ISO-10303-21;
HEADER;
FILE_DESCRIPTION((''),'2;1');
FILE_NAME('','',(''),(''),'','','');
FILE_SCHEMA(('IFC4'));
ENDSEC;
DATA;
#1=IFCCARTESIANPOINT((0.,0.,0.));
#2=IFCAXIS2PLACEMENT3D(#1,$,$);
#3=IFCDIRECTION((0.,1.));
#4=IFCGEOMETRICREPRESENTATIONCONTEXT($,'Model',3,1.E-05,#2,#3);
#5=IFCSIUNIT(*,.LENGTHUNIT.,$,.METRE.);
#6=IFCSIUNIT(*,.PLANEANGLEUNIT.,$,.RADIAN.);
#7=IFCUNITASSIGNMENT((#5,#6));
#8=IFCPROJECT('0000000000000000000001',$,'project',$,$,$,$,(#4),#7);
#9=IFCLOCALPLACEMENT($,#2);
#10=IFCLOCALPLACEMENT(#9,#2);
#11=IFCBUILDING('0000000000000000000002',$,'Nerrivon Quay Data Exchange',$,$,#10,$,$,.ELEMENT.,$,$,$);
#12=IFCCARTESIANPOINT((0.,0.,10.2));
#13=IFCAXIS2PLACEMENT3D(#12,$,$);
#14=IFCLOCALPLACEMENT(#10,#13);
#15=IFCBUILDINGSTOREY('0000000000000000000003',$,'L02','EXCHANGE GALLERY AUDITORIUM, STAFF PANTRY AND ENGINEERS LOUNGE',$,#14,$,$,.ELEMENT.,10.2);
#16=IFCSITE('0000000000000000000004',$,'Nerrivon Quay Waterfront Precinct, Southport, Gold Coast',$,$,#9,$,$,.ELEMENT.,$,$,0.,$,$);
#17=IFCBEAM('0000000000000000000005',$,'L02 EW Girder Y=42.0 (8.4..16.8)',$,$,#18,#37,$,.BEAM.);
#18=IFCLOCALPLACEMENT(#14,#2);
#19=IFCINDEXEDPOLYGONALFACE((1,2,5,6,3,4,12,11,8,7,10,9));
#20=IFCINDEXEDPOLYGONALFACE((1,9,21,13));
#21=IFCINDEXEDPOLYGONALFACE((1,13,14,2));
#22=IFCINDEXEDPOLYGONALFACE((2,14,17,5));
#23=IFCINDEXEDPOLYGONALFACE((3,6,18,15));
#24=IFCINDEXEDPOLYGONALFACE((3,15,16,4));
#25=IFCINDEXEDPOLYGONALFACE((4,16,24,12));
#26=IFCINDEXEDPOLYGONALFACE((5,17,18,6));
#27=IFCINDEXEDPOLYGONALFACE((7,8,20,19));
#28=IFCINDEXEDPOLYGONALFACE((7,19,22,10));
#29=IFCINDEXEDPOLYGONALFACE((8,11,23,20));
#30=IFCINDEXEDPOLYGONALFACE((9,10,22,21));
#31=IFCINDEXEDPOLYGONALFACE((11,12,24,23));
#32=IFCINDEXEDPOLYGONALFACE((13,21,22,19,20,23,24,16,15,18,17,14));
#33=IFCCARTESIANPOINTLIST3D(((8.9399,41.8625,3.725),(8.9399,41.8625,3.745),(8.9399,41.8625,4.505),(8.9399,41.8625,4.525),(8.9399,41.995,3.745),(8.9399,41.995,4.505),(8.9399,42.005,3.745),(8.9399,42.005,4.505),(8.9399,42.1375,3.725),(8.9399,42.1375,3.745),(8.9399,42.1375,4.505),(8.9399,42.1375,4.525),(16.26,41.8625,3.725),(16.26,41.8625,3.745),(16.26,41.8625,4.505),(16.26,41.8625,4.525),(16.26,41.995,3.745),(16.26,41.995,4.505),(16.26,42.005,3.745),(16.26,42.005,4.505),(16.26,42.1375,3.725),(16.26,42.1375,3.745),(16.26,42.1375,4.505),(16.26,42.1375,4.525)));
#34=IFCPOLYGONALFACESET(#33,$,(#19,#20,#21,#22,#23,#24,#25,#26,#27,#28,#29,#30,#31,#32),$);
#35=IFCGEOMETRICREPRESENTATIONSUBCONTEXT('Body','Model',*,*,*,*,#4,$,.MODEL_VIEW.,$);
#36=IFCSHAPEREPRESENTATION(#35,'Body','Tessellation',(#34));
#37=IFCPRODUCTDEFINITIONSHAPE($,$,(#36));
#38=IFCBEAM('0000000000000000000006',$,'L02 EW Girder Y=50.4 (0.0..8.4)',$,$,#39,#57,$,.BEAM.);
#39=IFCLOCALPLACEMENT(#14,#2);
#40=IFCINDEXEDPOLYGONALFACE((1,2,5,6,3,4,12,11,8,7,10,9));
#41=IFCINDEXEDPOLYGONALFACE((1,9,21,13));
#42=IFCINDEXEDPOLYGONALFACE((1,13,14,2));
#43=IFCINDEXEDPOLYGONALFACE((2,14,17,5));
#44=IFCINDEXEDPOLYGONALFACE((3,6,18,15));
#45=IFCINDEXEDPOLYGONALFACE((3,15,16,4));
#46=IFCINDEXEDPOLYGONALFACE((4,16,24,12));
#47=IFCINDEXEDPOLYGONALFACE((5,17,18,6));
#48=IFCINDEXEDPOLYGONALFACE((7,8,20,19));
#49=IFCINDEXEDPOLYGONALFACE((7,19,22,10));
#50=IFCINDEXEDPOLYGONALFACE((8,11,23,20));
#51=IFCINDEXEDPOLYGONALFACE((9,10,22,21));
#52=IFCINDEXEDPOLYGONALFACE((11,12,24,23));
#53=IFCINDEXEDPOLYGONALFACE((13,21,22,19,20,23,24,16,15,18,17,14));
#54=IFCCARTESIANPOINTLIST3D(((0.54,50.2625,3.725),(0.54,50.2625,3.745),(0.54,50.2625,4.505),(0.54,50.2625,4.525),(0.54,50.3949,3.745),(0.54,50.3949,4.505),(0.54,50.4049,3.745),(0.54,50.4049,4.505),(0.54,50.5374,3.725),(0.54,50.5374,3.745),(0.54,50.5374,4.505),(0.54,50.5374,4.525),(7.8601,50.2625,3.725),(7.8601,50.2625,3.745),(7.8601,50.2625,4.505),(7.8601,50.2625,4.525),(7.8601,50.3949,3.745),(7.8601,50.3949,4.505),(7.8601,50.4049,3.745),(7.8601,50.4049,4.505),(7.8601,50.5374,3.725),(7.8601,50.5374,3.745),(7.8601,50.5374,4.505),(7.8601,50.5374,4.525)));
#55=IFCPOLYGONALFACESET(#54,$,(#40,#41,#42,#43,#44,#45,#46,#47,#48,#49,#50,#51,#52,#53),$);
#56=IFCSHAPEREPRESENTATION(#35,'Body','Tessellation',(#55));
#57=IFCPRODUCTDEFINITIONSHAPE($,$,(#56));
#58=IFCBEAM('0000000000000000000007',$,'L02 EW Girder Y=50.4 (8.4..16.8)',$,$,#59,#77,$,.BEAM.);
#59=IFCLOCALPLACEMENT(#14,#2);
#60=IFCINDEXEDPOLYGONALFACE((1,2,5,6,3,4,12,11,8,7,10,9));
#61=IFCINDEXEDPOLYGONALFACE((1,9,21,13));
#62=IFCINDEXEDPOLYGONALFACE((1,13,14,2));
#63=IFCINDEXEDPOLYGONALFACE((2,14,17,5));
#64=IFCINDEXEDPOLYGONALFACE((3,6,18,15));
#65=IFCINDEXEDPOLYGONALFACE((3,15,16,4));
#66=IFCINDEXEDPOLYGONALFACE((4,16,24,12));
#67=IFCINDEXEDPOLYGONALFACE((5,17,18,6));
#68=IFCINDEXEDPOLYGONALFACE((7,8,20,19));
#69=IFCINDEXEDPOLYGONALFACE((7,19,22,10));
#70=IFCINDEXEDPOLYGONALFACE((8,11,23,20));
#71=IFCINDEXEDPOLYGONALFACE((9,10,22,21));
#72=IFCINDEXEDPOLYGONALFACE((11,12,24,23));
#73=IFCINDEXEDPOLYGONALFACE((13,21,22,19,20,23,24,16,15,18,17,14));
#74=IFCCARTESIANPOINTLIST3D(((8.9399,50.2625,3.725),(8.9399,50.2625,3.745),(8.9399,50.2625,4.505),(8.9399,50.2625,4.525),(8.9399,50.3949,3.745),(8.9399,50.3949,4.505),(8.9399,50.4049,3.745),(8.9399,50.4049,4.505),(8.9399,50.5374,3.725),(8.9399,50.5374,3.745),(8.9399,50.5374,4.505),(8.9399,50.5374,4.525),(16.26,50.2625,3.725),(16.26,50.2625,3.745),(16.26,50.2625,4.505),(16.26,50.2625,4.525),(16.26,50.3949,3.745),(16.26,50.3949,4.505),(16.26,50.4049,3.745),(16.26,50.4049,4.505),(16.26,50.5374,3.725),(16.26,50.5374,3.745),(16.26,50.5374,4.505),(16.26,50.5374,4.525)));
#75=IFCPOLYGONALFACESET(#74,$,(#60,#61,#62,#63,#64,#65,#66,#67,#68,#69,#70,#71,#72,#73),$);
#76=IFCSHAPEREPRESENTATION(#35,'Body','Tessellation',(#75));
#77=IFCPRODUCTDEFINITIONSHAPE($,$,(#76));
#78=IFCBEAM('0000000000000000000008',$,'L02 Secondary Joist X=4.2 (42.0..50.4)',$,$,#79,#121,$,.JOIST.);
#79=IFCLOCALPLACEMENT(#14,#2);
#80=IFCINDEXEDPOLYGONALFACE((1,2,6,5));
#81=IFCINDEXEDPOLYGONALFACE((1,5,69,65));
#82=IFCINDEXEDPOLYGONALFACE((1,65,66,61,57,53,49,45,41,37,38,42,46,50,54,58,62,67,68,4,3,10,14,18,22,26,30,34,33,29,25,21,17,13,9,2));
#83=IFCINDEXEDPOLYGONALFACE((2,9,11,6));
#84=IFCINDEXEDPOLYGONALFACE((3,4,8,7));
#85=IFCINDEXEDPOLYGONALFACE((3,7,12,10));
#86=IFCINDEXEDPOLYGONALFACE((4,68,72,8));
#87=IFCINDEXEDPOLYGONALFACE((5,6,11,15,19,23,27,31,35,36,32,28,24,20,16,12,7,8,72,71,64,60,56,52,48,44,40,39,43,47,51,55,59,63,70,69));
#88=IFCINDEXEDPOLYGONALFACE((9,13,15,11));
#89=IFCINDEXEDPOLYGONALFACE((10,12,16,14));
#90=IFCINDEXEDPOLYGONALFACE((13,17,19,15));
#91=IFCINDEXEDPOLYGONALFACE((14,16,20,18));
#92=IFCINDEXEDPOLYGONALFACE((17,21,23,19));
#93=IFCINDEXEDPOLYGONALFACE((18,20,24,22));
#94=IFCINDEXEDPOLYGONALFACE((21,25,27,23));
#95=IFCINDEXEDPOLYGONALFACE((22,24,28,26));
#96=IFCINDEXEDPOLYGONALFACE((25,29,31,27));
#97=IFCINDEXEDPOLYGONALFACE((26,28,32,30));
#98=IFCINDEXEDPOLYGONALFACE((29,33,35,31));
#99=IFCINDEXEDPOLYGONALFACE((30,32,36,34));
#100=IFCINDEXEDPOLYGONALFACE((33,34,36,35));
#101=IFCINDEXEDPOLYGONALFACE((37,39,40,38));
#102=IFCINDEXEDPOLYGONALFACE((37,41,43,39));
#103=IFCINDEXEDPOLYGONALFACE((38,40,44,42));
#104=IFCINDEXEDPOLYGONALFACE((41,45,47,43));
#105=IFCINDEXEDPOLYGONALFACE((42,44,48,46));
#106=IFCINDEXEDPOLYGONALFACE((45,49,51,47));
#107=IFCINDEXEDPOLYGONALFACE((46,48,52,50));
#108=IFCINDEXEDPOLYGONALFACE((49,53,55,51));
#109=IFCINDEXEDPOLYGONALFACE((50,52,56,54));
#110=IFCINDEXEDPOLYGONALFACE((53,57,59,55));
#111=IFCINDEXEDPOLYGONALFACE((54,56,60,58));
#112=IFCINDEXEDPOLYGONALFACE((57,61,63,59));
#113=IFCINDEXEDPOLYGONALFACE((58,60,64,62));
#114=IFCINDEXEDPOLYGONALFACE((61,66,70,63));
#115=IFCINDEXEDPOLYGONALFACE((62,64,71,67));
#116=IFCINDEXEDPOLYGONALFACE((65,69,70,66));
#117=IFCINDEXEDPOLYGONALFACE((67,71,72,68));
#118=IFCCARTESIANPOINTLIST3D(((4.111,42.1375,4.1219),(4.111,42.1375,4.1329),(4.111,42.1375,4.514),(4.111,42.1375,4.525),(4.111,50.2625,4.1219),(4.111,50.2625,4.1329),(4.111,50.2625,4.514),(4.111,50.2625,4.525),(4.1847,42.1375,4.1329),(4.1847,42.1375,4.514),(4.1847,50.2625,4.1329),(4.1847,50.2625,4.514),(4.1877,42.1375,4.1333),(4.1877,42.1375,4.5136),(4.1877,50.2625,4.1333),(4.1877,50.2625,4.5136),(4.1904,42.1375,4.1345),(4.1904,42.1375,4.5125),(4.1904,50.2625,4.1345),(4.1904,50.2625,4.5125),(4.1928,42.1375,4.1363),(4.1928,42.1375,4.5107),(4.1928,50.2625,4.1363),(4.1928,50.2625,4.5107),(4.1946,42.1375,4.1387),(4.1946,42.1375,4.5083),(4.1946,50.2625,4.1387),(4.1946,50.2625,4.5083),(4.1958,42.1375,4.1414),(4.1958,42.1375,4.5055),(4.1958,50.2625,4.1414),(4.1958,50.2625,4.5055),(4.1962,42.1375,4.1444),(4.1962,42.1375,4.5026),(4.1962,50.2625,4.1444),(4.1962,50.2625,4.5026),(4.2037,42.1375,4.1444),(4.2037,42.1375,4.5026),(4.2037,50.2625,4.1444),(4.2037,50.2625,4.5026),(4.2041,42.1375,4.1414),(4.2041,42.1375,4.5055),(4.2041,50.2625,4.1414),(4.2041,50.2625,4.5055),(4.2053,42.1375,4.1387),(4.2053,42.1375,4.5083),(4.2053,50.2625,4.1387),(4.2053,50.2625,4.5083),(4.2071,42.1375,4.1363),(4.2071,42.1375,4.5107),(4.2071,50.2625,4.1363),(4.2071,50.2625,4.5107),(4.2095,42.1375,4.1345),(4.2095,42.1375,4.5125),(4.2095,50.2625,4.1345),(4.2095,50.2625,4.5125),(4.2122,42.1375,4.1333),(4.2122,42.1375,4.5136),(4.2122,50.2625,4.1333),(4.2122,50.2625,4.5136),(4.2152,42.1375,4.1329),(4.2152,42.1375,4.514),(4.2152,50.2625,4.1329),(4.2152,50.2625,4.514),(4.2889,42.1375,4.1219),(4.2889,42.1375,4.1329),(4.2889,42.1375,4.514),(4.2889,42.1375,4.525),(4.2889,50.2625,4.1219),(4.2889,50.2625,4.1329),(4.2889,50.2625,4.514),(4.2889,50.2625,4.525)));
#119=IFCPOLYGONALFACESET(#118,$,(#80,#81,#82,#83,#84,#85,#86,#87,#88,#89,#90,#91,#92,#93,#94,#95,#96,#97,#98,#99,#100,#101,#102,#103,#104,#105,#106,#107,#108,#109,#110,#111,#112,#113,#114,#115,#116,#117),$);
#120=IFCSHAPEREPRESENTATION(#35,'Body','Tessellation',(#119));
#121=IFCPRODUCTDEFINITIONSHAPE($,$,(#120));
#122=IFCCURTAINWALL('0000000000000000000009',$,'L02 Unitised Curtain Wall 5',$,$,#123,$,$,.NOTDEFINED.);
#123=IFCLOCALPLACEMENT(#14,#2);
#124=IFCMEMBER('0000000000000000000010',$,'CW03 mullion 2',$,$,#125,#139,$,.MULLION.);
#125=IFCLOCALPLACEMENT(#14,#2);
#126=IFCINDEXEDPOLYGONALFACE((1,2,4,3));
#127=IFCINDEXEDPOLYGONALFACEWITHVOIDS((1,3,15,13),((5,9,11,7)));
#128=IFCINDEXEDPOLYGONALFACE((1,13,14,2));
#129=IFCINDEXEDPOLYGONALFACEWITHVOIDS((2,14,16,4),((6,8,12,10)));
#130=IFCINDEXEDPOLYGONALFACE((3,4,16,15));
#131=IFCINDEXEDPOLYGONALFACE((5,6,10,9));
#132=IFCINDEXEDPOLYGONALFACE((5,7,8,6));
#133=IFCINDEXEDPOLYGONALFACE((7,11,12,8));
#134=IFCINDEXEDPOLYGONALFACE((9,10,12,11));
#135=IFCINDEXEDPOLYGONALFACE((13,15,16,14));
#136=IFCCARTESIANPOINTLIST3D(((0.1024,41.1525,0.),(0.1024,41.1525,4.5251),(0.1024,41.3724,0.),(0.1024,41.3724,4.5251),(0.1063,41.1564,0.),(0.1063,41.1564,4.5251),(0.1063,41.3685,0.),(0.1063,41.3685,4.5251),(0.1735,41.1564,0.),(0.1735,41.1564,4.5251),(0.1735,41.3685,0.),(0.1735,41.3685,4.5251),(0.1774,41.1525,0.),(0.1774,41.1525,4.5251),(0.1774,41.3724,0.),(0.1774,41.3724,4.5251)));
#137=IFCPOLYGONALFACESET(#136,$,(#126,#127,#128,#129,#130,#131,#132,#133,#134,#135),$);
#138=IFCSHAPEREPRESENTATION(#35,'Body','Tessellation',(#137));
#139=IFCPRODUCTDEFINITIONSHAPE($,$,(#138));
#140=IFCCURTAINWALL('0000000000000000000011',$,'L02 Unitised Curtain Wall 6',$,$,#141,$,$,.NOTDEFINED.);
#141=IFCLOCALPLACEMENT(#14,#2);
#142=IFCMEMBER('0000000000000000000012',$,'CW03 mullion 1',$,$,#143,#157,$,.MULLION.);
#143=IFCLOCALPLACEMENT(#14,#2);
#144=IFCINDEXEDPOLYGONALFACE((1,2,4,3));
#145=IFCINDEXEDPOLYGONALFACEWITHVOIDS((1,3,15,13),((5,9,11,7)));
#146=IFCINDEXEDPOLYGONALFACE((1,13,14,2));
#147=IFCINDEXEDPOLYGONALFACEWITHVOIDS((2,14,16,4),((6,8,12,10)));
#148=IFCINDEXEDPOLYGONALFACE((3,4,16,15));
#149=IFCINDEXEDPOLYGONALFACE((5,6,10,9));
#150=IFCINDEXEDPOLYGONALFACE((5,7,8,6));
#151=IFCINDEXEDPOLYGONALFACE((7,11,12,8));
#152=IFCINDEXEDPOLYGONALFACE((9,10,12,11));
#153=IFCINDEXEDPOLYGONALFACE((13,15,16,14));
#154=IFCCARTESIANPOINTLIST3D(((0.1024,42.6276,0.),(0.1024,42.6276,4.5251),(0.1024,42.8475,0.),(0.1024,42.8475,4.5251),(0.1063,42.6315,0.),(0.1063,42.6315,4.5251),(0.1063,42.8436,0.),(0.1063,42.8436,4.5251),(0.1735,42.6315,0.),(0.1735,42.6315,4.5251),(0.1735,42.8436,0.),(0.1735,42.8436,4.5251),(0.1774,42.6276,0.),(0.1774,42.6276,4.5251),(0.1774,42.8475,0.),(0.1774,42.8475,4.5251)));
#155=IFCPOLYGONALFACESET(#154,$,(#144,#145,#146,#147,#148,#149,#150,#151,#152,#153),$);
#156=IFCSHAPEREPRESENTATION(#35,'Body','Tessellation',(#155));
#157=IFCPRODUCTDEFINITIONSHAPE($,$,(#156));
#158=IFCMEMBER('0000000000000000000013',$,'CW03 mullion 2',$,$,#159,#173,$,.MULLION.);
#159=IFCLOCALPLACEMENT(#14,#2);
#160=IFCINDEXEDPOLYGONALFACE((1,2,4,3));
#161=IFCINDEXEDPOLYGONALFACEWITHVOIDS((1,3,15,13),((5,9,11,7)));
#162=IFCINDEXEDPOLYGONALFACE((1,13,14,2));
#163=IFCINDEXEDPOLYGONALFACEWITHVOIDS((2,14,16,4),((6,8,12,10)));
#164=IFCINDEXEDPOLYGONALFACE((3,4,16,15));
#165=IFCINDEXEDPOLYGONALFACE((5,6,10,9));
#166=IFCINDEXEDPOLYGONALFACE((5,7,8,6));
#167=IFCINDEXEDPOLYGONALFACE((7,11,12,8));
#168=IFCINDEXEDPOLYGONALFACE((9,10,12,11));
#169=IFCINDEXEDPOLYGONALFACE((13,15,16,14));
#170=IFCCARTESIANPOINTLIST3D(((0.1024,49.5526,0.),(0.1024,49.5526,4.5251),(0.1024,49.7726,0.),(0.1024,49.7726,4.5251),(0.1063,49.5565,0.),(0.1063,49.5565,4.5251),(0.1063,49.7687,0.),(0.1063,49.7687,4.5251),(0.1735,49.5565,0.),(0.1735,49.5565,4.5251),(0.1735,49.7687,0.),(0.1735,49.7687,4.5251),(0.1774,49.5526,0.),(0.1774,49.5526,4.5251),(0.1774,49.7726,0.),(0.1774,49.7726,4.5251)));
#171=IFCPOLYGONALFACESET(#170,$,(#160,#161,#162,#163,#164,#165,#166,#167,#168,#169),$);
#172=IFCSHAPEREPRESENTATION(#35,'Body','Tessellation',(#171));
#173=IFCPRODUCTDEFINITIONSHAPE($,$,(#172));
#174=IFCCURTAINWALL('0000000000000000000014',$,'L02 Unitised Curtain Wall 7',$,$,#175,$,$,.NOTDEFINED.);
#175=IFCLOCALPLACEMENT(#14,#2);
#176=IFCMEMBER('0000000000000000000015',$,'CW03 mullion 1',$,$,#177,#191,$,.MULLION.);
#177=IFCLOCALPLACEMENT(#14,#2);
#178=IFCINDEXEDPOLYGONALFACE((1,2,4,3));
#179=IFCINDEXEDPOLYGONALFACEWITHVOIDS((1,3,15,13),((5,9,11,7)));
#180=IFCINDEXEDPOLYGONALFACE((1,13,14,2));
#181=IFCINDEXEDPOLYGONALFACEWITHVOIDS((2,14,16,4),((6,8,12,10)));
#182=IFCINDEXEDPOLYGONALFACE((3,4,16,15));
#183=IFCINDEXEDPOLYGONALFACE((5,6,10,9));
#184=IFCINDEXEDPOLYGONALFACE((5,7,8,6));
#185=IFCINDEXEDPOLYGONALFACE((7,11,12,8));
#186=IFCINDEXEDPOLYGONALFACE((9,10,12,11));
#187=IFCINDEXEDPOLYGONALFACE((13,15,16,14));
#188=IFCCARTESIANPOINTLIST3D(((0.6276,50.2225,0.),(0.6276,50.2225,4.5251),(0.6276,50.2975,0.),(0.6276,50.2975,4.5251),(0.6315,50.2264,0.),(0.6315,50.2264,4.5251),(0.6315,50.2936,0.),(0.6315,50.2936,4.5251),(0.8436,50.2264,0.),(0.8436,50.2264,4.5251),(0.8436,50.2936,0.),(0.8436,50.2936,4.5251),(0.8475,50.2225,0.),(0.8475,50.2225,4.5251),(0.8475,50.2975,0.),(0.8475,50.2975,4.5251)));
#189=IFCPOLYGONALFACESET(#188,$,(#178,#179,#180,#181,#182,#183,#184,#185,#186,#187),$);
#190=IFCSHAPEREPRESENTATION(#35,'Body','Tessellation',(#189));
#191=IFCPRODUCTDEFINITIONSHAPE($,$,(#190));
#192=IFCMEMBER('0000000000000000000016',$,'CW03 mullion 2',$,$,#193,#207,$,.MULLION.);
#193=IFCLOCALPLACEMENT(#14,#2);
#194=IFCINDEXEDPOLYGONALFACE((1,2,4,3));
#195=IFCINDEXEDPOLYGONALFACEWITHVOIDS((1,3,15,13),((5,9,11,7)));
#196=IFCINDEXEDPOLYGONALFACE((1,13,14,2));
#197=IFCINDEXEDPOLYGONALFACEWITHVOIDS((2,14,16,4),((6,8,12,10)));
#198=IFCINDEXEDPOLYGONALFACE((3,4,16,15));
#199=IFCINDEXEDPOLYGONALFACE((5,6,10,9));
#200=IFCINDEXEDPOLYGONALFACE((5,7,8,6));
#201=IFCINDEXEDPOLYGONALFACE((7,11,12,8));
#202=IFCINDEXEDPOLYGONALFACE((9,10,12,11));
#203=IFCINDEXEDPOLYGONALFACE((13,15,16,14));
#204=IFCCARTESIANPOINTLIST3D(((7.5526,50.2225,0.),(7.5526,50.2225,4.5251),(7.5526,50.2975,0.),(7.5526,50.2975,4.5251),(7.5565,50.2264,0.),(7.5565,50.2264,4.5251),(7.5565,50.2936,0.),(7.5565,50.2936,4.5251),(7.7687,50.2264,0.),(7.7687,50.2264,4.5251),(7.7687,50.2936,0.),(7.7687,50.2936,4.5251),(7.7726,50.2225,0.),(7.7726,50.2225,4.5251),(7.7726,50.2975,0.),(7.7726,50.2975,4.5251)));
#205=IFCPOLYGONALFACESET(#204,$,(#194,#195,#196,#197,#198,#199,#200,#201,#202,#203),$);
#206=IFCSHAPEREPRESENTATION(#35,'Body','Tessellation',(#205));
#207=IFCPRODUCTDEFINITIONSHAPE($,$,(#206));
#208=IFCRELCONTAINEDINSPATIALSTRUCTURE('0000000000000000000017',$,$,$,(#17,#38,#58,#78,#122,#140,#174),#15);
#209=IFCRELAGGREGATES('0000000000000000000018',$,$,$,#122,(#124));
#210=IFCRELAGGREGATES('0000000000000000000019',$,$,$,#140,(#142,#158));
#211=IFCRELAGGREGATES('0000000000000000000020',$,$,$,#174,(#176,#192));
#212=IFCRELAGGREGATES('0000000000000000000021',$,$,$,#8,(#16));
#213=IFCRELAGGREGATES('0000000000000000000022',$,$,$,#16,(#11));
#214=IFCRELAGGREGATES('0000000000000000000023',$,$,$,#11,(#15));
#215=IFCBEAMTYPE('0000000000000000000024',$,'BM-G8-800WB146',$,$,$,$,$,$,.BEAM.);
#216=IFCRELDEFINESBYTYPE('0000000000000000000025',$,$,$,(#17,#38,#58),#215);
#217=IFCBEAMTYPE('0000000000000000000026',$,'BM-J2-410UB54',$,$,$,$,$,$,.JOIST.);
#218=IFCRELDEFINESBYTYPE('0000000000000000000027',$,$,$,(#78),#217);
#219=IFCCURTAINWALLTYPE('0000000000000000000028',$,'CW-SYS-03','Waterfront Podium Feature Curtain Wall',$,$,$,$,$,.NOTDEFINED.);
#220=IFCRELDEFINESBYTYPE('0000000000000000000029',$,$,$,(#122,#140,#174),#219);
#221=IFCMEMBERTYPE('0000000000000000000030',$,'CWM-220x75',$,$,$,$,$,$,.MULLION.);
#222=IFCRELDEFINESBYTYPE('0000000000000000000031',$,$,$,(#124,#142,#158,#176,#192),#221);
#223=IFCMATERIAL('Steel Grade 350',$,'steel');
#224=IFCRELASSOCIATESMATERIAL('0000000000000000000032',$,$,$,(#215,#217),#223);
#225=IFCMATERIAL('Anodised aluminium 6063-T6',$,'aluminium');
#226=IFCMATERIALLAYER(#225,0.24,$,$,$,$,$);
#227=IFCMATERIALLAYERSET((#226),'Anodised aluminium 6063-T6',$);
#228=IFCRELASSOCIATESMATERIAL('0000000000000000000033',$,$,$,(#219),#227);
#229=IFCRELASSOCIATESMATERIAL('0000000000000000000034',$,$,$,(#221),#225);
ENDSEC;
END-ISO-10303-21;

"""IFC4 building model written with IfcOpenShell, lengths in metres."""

from ifc_helpers import new_model, si_unit, direction, frame, origin, origin_2d, place, context, subcontext, project, spatial, hollow_rectangle, i_section, extrude, material, layer, layer_set, material_profile, profile_set, type_object, element, aggregate, save


model = new_model("IFC4")

# Units and contexts
model_context = context("Model", 3, precision=1e-05, world=origin(), true_north=direction((0.0, 1.0)))
body_context = subcontext(model_context, "Body", "Model", "MODEL_VIEW")
ifc_project = project(units=[si_unit("LENGTHUNIT", "METRE"), si_unit("PLANEANGLEUNIT", "RADIAN")], contexts=[model_context])

# Site, building, storey
site_placement = place(None, origin())
site = spatial("IfcSite", under=ifc_project, at=site_placement, Name="Nerrivon Quay Waterfront Precinct, Southport, Gold Coast", CompositionType="ELEMENT", RefElevation=0.0)
building_placement = place(site_placement, origin())
building = spatial("IfcBuilding", under=site, at=building_placement, Name="Nerrivon Quay Data Exchange", CompositionType="ELEMENT")
storey_placement = place(building_placement, frame((0.0, 0.0, 10.2)))
storey = spatial("IfcBuildingStorey", under=building, at=storey_placement, Name="L02", Description="EXCHANGE GALLERY AUDITORIUM, STAFF PANTRY AND ENGINEERS LOUNGE", CompositionType="ELEMENT", Elevation=10.2)

# Beams
ifc_material_1 = material(Name="Steel Grade 350", Category="steel")
ifc_material_profile_1 = material_profile(ifc_material_1, i_section(OverallWidth=0.2749, OverallDepth=0.8, WebThickness=0.01, FlangeThickness=0.02, at=origin_2d()), Name="800WB146")
ifc_profile_set_1 = profile_set([ifc_material_profile_1], Name="Steel Grade 350")
beam_type_1 = type_object("IfcBeamType", Name="BM-G8-800WB146", PredefinedType="BEAM", material=ifc_profile_set_1)
for number, where, z_axis, x_axis, name in (
    (1, (8.9399, 42.0, 4.125), (1.0, 0.0, 0.0), (0.0, 1.0, 0.0), "L02 EW Girder Y=42.0 (8.4..16.8)"),
    (2, (0.54, 50.3999, 4.125), (1.0, 0.0, 0.0), (0.0, 1.0, 0.0), "L02 EW Girder Y=50.4 (0.0..8.4)"),
    (3, (8.9399, 50.3999, 4.125), (1.0, 0.0, 0.0), (0.0, 1.0, 0.0), "L02 EW Girder Y=50.4 (8.4..16.8)"),
):
    element("IfcBeam", number, at=place(storey_placement, frame(where, z_axis=z_axis, x_axis=x_axis)), inside=storey, type_object=beam_type_1, Name=name, PredefinedType="BEAM", context=body_context, shape_type="SweptSolid", body=[
        extrude(i_section(OverallWidth=0.2749, OverallDepth=0.8, WebThickness=0.01, FlangeThickness=0.02, at=origin_2d()), origin(), (0.0, 0.0, 1.0), 7.3201),
    ])
ifc_material_profile_2 = material_profile(ifc_material_1, i_section(OverallWidth=0.178, OverallDepth=0.4031, WebThickness=0.0076, FlangeThickness=0.011, FilletRadius=0.0115, at=origin_2d()), Name="410UB53.7")
ifc_profile_set_2 = profile_set([ifc_material_profile_2], Name="Steel Grade 350")
beam_type_2 = type_object("IfcBeamType", Name="BM-J2-410UB54", PredefinedType="JOIST", material=ifc_profile_set_2)
beam_1_placement = place(storey_placement, frame((4.2, 42.1375, 4.3235), z_axis=(0.0, 1.0, 0.0), x_axis=(-1.0, 0.0, 0.0)))
element("IfcBeam", 4, at=beam_1_placement, inside=storey, type_object=beam_type_2, Name="L02 Secondary Joist X=4.2 (42.0..50.4)", PredefinedType="JOIST", context=body_context, shape_type="SweptSolid", body=[
    extrude(i_section(OverallWidth=0.178, OverallDepth=0.4031, WebThickness=0.0076, FlangeThickness=0.011, FilletRadius=0.0115, at=origin_2d()), origin(), (0.0, 0.0, 1.0), 8.125),
])

# Curtain wall, member
ifc_material_2 = material(Name="Anodised aluminium 6063-T6", Category="aluminium")
ifc_layer_1 = layer(ifc_material_2, 0.24)
ifc_layer_set_1 = layer_set([ifc_layer_1], Name="Anodised aluminium 6063-T6")
curtain_wall_type = type_object("IfcCurtainWallType", Name="CW-SYS-03", Description="Waterfront Podium Feature Curtain Wall", PredefinedType="NOTDEFINED", material=ifc_layer_set_1)
curtain_wall_1_placement = place(storey_placement, origin())
curtain_wall_1 = element("IfcCurtainWall", 5, at=curtain_wall_1_placement, inside=storey, type_object=curtain_wall_type, Name="L02 Unitised Curtain Wall 5", PredefinedType="NOTDEFINED")
ifc_material_profile_3 = material_profile(ifc_material_2, hollow_rectangle(XDim=0.075, YDim=0.22, WallThickness=0.0039, at=origin_2d()), Name="ALU-MULL-220x75")
ifc_profile_set_3 = profile_set([ifc_material_profile_3], Name="Anodised aluminium 6063-T6")
member_type_1 = type_object("IfcMemberType", Name="CWM-220x75", PredefinedType="MULLION", material=ifc_profile_set_3)
member_1_placement = place(storey_placement, frame((0.1399, 41.2625, 0.0), z_axis=(0.0, 0.0, 1.0), x_axis=(-1.0, 0.0, 0.0)))
member_1 = element("IfcMember", 6, at=member_1_placement, type_object=member_type_1, Name="CW03 mullion 2", PredefinedType="MULLION", context=body_context, shape_type="SweptSolid", body=[
    extrude(hollow_rectangle(XDim=0.075, YDim=0.22, WallThickness=0.0039, at=origin_2d()), origin(), (0.0, 0.0, 1.0), 4.5251),
])

# Curtain walls, members
curtain_wall_2_placement = place(storey_placement, origin())
curtain_wall_2 = element("IfcCurtainWall", 7, at=curtain_wall_2_placement, inside=storey, type_object=curtain_wall_type, Name="L02 Unitised Curtain Wall 6", PredefinedType="NOTDEFINED")
member_2_placement = place(storey_placement, frame((0.1399, 42.7375, 0.0), z_axis=(0.0, 0.0, 1.0), x_axis=(-1.0, 0.0, 0.0)))
member_2 = element("IfcMember", 8, at=member_2_placement, type_object=member_type_1, Name="CW03 mullion 1", PredefinedType="MULLION", context=body_context, shape_type="SweptSolid", body=[
    extrude(hollow_rectangle(XDim=0.075, YDim=0.22, WallThickness=0.0039, at=origin_2d()), origin(), (0.0, 0.0, 1.0), 4.5251),
])
member_3_placement = place(storey_placement, frame((0.1399, 49.6626, 0.0), z_axis=(0.0, 0.0, 1.0), x_axis=(-1.0, 0.0, 0.0)))
member_3 = element("IfcMember", 9, at=member_3_placement, type_object=member_type_1, Name="CW03 mullion 2", PredefinedType="MULLION", context=body_context, shape_type="SweptSolid", body=[
    extrude(hollow_rectangle(XDim=0.075, YDim=0.22, WallThickness=0.0039, at=origin_2d()), origin(), (0.0, 0.0, 1.0), 4.5251),
])
curtain_wall_3_placement = place(storey_placement, origin())
curtain_wall_3 = element("IfcCurtainWall", 10, at=curtain_wall_3_placement, inside=storey, type_object=curtain_wall_type, Name="L02 Unitised Curtain Wall 7", PredefinedType="NOTDEFINED")
member_4_placement = place(storey_placement, frame((0.7375, 50.26, 0.0), z_axis=(0.0, 0.0, 1.0), x_axis=(0.0, 1.0, 0.0)))
member_4 = element("IfcMember", 11, at=member_4_placement, type_object=member_type_1, Name="CW03 mullion 1", PredefinedType="MULLION", context=body_context, shape_type="SweptSolid", body=[
    extrude(hollow_rectangle(XDim=0.075, YDim=0.22, WallThickness=0.0039, at=origin_2d()), origin(), (0.0, 0.0, 1.0), 4.5251),
])
member_5_placement = place(storey_placement, frame((7.6626, 50.26, 0.0), z_axis=(0.0, 0.0, 1.0), x_axis=(0.0, 1.0, 0.0)))
member_5 = element("IfcMember", 12, at=member_5_placement, type_object=member_type_1, Name="CW03 mullion 2", PredefinedType="MULLION", context=body_context, shape_type="SweptSolid", body=[
    extrude(hollow_rectangle(XDim=0.075, YDim=0.22, WallThickness=0.0039, at=origin_2d()), origin(), (0.0, 0.0, 1.0), 4.5251),
])

aggregate(curtain_wall_1, [member_1])
aggregate(curtain_wall_2, [member_2, member_3])
aggregate(curtain_wall_3, [member_4, member_5])

save(model, "model.ifc")
